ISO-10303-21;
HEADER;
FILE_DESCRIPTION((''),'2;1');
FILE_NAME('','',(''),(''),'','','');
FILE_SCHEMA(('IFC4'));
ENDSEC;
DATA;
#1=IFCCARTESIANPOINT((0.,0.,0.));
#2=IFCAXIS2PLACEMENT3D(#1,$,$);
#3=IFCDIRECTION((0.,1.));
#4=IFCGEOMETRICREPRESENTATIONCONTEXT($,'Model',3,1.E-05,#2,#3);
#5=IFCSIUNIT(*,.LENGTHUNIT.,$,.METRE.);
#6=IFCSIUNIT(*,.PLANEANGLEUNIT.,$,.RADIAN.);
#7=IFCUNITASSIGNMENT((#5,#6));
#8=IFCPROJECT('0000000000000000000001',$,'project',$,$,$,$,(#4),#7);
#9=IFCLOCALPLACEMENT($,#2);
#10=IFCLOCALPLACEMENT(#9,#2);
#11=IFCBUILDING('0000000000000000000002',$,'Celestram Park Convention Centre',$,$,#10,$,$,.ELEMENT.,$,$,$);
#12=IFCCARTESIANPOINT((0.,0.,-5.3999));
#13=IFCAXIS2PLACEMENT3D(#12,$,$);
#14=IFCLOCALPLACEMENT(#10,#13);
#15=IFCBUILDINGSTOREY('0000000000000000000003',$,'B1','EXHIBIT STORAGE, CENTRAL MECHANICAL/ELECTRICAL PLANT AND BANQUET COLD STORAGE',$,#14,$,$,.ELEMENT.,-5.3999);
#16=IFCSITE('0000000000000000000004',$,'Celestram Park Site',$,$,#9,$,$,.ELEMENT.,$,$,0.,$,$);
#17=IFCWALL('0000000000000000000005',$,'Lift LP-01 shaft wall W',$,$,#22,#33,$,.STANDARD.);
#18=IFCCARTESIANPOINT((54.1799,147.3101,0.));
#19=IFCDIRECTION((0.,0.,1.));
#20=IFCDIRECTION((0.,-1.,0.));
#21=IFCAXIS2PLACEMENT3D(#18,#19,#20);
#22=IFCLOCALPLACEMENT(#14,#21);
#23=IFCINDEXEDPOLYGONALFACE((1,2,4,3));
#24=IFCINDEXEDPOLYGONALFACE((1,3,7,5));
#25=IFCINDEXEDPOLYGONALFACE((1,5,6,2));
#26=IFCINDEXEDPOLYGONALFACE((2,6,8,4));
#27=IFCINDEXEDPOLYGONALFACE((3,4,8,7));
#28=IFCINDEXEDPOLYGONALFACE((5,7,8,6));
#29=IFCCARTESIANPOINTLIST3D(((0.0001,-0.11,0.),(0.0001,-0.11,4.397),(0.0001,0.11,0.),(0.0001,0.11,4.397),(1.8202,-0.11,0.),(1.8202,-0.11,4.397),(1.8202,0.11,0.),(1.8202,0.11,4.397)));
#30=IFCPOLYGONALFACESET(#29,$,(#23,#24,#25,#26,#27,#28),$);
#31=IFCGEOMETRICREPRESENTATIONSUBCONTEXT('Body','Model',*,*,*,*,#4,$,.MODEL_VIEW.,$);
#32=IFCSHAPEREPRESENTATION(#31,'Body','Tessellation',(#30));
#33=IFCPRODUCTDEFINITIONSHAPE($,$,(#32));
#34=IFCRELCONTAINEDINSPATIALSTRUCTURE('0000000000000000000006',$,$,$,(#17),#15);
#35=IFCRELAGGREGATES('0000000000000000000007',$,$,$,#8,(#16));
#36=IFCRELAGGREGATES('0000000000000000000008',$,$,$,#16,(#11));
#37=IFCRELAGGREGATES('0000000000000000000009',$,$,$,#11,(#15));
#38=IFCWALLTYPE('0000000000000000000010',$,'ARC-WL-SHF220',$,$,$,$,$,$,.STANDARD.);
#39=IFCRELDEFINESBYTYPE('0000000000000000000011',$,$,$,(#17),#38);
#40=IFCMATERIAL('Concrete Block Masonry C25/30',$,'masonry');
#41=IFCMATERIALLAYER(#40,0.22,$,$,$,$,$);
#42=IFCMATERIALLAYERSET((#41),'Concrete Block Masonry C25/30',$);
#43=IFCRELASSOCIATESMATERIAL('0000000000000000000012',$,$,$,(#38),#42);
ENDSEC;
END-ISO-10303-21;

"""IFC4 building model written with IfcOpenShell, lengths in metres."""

from ifc_helpers import new_model, si_unit, direction, frame, frame_2d, origin, place, context, subcontext, project, spatial, rectangle, extrude, material, layer, layer_set, type_object, element, save


model = new_model("IFC4")

# Units and contexts
model_context = context("Model", 3, precision=1e-05, world=origin(), true_north=direction((0.0, 1.0)))
body_context = subcontext(model_context, "Body", "Model", "MODEL_VIEW")
ifc_project = project(units=[si_unit("LENGTHUNIT", "METRE"), si_unit("PLANEANGLEUNIT", "RADIAN")], contexts=[model_context])

# Site, building, storey
site_placement = place(None, origin())
site = spatial("IfcSite", under=ifc_project, at=site_placement, Name="Celestram Park Site", CompositionType="ELEMENT", RefElevation=0.0)
building_placement = place(site_placement, origin())
building = spatial("IfcBuilding", under=site, at=building_placement, Name="Celestram Park Convention Centre", CompositionType="ELEMENT")
storey_placement = place(building_placement, frame((0.0, 0.0, -5.3999)))
storey = spatial("IfcBuildingStorey", under=building, at=storey_placement, Name="B1", Description="EXHIBIT STORAGE, CENTRAL MECHANICAL/ELECTRICAL PLANT AND BANQUET COLD STORAGE", CompositionType="ELEMENT", Elevation=-5.3999)

# Shared definitions
ifc_material_1 = material(Name="Concrete Block Masonry C25/30", Category="masonry")
ifc_layer_1 = layer(ifc_material_1, 0.22)
ifc_layer_set_1 = layer_set([ifc_layer_1], Name="Concrete Block Masonry C25/30")
wall_type_1 = type_object("IfcWallType", Name="ARC-WL-SHF220", PredefinedType="STANDARD", material=ifc_layer_set_1)

# Wall
for number, where, z_axis, x_axis, name in (
    (1, (54.1799, 147.3101, 0.0), (0.0, 0.0, 1.0), (0.0, -1.0, 0.0), "Lift LP-01 shaft wall W"),
):
    element("IfcWall", number, at=place(storey_placement, frame(where, z_axis=z_axis, x_axis=x_axis)), inside=storey, type_object=wall_type_1, Name=name, PredefinedType="STANDARD", context=body_context, shape_type="SweptSolid", body=[
        extrude(rectangle(XDim=1.8201, YDim=0.22, at=frame_2d((0.9102, 0.0))), origin(), (0.0, 0.0, 1.0), 4.397),
    ])

save(model, "model.ifc")
